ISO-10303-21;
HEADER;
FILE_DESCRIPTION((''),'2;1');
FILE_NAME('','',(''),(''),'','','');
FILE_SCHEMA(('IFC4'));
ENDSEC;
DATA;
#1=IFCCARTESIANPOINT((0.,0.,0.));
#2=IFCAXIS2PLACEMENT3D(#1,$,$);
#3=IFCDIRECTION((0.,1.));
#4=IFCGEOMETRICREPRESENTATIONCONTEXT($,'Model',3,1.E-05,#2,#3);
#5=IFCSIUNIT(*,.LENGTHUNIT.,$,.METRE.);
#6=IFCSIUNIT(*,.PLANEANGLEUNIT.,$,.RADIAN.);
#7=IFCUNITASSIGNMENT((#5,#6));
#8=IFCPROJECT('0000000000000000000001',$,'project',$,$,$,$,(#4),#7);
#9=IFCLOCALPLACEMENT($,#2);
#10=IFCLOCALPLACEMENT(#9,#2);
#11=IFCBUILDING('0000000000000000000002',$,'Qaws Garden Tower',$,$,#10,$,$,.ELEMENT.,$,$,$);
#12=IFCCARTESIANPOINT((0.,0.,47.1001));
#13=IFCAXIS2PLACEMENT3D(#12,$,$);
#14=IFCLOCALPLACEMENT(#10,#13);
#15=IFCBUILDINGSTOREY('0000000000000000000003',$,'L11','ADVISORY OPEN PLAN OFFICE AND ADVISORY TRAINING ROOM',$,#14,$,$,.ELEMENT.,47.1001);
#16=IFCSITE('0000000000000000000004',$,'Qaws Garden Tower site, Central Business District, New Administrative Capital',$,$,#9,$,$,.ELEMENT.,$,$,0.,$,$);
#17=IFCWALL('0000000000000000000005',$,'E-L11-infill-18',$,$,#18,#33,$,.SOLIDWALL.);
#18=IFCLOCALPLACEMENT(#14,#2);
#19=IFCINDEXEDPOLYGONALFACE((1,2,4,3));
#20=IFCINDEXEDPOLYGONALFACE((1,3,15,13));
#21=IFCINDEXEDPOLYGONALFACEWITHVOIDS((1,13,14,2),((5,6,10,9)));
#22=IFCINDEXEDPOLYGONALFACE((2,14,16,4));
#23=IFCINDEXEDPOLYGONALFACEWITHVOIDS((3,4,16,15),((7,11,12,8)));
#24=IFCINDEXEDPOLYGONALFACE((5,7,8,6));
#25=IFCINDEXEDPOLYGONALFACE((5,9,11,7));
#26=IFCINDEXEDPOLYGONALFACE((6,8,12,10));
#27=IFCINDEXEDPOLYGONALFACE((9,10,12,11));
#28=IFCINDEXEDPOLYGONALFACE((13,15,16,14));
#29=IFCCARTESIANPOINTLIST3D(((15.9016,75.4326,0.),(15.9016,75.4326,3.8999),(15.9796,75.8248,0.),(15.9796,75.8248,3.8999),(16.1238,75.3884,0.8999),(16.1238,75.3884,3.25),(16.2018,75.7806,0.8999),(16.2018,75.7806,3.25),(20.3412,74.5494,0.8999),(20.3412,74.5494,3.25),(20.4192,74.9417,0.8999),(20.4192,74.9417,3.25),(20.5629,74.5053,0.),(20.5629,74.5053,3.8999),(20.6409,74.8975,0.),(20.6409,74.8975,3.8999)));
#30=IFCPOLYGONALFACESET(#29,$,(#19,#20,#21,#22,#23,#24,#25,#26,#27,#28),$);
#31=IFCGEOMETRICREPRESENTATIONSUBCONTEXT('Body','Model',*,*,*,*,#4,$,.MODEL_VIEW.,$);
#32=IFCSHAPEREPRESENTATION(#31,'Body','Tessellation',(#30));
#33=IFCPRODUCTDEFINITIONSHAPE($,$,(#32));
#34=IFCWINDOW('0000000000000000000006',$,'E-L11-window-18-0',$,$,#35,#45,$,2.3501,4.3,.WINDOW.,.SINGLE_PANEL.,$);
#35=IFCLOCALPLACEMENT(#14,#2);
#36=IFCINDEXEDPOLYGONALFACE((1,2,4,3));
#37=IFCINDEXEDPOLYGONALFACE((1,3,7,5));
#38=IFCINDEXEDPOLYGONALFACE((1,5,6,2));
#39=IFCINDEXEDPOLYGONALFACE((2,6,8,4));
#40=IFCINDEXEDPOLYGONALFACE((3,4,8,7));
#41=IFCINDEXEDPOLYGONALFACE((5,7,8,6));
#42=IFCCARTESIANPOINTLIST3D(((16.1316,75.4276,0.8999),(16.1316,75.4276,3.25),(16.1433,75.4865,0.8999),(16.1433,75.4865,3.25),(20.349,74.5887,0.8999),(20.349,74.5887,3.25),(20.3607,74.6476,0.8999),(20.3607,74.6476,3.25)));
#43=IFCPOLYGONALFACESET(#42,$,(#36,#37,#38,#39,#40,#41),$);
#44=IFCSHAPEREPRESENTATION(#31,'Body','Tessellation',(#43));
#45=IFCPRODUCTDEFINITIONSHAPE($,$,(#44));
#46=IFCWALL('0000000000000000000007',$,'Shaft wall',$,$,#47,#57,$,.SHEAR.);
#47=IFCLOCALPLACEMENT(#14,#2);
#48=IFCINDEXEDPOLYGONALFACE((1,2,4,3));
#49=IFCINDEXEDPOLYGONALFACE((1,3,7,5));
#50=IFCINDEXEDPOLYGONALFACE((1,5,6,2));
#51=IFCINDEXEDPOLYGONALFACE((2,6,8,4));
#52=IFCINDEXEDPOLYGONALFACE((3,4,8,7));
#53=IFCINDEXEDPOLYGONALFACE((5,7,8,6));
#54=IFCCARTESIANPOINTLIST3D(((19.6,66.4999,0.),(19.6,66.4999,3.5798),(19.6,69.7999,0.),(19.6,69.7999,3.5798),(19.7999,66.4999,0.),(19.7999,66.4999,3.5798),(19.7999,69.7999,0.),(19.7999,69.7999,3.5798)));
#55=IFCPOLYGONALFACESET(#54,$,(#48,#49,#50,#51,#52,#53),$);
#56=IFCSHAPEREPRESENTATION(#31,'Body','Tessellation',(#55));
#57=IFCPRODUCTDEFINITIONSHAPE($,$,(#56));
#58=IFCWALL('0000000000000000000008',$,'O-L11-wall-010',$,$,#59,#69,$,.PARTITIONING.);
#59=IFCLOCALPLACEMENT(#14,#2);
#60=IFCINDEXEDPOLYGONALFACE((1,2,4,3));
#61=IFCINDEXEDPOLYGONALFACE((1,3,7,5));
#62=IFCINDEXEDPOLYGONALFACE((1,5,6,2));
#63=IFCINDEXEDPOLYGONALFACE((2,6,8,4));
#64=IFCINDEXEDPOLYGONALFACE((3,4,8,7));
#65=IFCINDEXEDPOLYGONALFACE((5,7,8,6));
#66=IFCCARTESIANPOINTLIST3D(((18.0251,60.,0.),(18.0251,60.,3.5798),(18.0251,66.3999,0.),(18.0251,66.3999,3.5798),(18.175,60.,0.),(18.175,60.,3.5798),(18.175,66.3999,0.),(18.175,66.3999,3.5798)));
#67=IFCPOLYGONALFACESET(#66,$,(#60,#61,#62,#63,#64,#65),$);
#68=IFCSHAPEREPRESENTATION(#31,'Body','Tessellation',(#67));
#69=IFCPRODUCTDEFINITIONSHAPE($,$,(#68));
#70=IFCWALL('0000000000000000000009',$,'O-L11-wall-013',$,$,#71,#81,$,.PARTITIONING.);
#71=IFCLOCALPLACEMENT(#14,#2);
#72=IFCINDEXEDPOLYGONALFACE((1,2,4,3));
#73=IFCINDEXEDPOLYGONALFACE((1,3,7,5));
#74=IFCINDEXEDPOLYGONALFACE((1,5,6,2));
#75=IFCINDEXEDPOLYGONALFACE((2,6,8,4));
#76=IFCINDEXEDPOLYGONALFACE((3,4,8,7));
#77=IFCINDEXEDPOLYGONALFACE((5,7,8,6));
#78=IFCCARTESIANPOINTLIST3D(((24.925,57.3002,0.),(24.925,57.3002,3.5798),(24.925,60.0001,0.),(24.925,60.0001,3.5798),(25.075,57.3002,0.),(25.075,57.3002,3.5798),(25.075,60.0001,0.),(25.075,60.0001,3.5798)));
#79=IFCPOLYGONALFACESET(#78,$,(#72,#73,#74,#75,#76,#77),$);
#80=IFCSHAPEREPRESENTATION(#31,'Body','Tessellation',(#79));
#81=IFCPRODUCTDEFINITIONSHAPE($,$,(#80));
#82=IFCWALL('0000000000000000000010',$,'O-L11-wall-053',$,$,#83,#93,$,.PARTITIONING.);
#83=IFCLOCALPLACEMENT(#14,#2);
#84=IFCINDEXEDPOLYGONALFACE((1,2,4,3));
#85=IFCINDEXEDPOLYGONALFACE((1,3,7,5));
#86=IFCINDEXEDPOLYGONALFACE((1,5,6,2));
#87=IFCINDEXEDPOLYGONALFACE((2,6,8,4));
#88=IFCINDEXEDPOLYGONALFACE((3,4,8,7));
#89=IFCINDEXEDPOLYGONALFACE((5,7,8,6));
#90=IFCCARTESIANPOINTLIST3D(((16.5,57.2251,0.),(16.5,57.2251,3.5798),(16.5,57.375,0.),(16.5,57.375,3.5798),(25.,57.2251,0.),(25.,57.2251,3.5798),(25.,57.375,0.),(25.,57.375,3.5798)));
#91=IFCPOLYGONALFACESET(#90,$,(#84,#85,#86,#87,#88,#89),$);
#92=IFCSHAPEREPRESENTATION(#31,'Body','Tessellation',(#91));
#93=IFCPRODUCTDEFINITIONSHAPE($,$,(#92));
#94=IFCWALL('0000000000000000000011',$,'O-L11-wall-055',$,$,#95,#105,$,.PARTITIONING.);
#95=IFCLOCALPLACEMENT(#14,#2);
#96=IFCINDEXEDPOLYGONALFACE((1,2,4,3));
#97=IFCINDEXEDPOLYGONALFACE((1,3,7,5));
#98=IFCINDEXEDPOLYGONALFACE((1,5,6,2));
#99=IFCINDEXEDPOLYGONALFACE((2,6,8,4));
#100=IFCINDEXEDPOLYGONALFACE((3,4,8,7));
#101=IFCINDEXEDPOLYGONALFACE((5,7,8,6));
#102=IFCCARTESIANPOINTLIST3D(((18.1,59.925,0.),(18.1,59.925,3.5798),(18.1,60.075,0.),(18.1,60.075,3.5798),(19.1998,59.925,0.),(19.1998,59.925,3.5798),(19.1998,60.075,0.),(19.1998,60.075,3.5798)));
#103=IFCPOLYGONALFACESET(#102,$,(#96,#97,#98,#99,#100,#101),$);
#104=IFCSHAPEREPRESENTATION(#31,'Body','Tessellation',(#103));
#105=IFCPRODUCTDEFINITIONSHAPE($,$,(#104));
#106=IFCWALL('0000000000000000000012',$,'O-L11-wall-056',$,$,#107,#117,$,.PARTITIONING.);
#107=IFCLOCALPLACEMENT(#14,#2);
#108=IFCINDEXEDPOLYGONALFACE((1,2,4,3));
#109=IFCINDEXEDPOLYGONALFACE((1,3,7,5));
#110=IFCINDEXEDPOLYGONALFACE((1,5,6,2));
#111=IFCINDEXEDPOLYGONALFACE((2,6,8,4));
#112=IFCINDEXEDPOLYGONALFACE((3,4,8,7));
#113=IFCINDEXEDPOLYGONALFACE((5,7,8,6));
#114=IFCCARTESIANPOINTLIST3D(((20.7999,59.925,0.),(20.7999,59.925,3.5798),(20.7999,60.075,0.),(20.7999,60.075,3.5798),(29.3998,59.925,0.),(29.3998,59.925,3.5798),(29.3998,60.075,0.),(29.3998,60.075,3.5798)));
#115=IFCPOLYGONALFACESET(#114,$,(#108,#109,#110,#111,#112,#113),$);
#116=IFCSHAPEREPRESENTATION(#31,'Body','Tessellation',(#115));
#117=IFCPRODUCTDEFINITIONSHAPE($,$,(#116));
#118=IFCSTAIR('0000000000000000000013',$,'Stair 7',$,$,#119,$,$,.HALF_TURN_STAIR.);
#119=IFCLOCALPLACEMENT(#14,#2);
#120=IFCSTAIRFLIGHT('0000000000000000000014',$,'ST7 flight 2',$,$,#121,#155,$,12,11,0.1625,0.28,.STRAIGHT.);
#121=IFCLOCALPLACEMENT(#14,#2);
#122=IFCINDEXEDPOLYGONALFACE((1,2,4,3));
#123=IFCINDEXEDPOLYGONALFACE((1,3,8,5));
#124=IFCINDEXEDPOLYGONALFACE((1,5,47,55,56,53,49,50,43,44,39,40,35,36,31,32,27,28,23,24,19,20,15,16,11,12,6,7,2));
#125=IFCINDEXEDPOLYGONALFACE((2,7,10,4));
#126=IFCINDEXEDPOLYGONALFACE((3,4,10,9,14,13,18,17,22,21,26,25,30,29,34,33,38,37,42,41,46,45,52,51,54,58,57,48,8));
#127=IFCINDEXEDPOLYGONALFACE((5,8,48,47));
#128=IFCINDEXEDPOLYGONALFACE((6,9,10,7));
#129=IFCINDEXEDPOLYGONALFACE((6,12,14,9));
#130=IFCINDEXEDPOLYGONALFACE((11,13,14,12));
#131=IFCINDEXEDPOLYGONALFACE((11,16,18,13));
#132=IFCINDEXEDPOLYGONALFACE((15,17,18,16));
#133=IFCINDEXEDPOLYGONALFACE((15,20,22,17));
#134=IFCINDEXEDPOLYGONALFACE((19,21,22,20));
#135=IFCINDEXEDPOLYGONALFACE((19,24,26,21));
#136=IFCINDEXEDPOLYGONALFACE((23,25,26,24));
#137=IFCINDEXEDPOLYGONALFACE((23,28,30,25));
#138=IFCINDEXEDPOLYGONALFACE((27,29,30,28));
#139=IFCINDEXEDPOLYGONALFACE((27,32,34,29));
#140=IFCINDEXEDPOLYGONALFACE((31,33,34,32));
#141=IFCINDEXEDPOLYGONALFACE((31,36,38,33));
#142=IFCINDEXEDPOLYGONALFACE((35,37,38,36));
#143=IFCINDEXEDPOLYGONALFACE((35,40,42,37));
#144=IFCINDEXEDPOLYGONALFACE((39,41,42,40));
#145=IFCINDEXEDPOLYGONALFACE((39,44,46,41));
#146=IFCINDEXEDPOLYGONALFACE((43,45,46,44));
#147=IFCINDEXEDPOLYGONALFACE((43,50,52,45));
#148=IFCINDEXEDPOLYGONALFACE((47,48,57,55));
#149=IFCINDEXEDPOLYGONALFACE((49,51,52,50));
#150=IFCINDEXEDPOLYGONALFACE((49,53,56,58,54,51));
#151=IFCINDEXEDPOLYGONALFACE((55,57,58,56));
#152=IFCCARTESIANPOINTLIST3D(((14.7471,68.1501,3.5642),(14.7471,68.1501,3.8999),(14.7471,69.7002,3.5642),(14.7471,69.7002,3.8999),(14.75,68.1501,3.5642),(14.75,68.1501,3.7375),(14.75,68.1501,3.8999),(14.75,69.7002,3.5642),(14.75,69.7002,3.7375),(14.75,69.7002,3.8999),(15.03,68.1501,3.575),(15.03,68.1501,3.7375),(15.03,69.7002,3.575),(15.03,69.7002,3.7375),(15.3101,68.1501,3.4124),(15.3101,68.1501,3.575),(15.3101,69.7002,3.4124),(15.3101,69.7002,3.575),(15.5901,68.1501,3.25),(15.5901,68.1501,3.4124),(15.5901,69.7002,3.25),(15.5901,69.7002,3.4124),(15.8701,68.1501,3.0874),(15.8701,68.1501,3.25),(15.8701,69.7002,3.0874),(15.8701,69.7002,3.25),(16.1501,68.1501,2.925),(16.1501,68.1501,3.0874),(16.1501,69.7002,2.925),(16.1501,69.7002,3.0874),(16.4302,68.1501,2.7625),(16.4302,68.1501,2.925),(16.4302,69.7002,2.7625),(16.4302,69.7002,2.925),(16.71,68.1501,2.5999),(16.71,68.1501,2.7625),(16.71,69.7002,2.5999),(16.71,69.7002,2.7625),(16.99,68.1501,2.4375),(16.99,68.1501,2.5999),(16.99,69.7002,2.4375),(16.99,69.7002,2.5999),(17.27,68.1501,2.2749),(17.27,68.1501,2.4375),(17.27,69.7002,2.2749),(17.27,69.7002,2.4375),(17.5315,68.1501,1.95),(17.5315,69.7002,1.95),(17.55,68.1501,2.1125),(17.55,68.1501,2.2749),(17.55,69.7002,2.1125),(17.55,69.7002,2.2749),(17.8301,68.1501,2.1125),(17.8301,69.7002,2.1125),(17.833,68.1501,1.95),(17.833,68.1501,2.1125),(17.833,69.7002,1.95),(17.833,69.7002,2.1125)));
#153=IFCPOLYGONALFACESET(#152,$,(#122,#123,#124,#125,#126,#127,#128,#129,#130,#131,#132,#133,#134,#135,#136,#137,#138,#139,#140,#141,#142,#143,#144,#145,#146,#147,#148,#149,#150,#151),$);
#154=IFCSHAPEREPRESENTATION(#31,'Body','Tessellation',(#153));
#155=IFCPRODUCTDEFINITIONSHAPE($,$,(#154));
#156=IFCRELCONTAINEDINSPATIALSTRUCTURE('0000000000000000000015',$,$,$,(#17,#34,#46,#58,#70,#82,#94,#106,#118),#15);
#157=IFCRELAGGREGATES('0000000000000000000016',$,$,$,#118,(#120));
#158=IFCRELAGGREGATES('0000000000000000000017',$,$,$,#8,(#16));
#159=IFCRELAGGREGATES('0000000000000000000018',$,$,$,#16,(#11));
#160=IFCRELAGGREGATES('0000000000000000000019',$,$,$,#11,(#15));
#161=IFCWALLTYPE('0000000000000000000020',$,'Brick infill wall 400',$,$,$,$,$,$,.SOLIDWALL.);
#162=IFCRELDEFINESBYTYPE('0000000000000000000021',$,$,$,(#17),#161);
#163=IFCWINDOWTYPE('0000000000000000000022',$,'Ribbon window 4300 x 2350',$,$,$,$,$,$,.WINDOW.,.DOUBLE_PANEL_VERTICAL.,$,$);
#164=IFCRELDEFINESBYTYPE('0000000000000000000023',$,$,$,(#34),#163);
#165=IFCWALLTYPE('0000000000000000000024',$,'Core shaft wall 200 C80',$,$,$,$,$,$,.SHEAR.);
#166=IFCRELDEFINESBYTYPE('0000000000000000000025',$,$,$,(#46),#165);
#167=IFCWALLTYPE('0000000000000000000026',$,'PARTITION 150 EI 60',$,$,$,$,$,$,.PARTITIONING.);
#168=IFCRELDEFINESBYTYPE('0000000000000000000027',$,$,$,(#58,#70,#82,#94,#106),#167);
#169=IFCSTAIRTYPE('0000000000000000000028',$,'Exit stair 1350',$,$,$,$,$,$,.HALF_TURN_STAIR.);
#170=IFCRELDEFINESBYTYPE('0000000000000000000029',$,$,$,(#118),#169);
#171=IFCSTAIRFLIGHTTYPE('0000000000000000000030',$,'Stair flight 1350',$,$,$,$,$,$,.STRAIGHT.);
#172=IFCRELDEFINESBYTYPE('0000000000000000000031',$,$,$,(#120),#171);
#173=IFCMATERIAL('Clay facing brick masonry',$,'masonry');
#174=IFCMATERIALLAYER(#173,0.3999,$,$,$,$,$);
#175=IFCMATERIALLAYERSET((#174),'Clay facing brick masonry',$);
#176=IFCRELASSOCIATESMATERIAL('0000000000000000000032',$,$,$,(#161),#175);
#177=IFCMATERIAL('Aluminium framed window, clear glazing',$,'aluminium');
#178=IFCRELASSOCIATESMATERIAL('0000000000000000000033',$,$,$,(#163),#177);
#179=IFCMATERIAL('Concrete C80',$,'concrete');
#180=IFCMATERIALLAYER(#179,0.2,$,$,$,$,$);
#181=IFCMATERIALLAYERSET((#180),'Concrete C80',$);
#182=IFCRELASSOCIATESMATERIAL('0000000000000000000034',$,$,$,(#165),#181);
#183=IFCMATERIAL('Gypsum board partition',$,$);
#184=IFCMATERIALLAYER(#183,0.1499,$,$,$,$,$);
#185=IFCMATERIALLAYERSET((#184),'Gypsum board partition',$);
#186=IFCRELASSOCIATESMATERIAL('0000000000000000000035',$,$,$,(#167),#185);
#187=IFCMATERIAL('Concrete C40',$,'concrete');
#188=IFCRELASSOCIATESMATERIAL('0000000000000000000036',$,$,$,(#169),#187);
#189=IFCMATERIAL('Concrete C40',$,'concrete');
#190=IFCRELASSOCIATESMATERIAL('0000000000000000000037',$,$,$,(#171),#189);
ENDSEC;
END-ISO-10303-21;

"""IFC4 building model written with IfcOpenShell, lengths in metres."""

from ifc_helpers import new_model, si_unit, direction, frame, frame_2d, origin, place, context, subcontext, project, spatial, polyline, rectangle, outline, extrude, material, layer, layer_set, type_object, element, fill, aggregate, save


model = new_model("IFC4")

# Units and contexts
model_context = context("Model", 3, precision=1e-05, world=origin(), true_north=direction((0.0, 1.0)))
body_context = subcontext(model_context, "Body", "Model", "MODEL_VIEW")
ifc_project = project(units=[si_unit("LENGTHUNIT", "METRE"), si_unit("PLANEANGLEUNIT", "RADIAN")], contexts=[model_context])

# Site, building, storey
site_placement = place(None, origin())
site = spatial("IfcSite", under=ifc_project, at=site_placement, Name="Qaws Garden Tower site, Central Business District, New Administrative Capital", CompositionType="ELEMENT", RefElevation=0.0)
building_placement = place(site_placement, origin())
building = spatial("IfcBuilding", under=site, at=building_placement, Name="Qaws Garden Tower", CompositionType="ELEMENT")
storey_placement = place(building_placement, frame((0.0, 0.0, 47.1001)))
storey = spatial("IfcBuildingStorey", under=building, at=storey_placement, Name="L11", Description="ADVISORY OPEN PLAN OFFICE AND ADVISORY TRAINING ROOM", CompositionType="ELEMENT", Elevation=47.1001)

# Wall, opening, window
ifc_material_1 = material(Name="Clay facing brick masonry", Category="masonry")
ifc_layer_1 = layer(ifc_material_1, 0.3999)
ifc_layer_set_1 = layer_set([ifc_layer_1], Name="Clay facing brick masonry")
wall_type_1 = type_object("IfcWallType", Name="Brick infill wall 400", PredefinedType="SOLIDWALL", material=ifc_layer_set_1)
ifc_material_2 = material(Name="Aluminium framed window, clear glazing", Category="aluminium")
window_type = type_object("IfcWindowType", Name="Ribbon window 4300 x 2350", PartitioningType="DOUBLE_PANEL_VERTICAL", PredefinedType="WINDOW", material=ifc_material_2)
wall_1_placement = place(storey_placement, frame((20.6021, 74.7014, 0.0), z_axis=(0.0, 0.0, 1.0), x_axis=(-0.980784, 0.195099, 0.0)))
wall_1 = element("IfcWall", 1, at=wall_1_placement, inside=storey, type_object=wall_type_1, Name="E-L11-infill-18", PredefinedType="SOLIDWALL", context=body_context, shape_type="SweptSolid", body=[
    extrude(rectangle(XDim=4.7527, YDim=0.3999, at=frame_2d((2.3765, 0.0))), origin(), (0.0, 0.0, 1.0), 3.8999),
])
opening_1_placement = place(wall_1_placement, frame((0.2263, 0.0, 0.8999)))
opening_1 = element("IfcOpeningElement", 2, at=opening_1_placement, cuts=wall_1, PredefinedType="OPENING", context=body_context, shape_type="SweptSolid", body=[
    extrude(rectangle(XDim=4.3, YDim=2.3501, at=frame_2d((2.1499, 1.175))), frame((0.0, 0.21, 0.0), z_axis=(0.0, -1.0, 0.0), x_axis=(1.0, 0.0, 0.0)), (0.0, 0.0, 1.0), 0.4199),
])
window_1_placement = place(opening_1_placement, origin())
window_1 = element("IfcWindow", 3, at=window_1_placement, inside=storey, type_object=window_type, Name="E-L11-window-18-0", OverallHeight=2.3501, OverallWidth=4.3, PartitioningType="SINGLE_PANEL", PredefinedType="WINDOW", context=body_context, shape_type="SweptSolid", body=[
    extrude(rectangle(XDim=4.3, YDim=2.3501, at=frame_2d((2.1499, 1.175))), frame((0.0, 0.1599, 0.0), z_axis=(0.0, -1.0, 0.0), x_axis=(1.0, 0.0, 0.0)), (0.0, 0.0, 1.0), 0.0601),
])
fill(opening_1, window_1)

# Walls
ifc_material_3 = material(Name="Concrete C80", Category="concrete")
ifc_layer_2 = layer(ifc_material_3, 0.2)
ifc_layer_set_2 = layer_set([ifc_layer_2], Name="Concrete C80")
wall_type_2 = type_object("IfcWallType", Name="Core shaft wall 200 C80", PredefinedType="SHEAR", material=ifc_layer_set_2)
wall_2_placement = place(storey_placement, frame((19.7, 66.5, 0.0), z_axis=(0.0, 0.0, 1.0), x_axis=(0.0, 1.0, 0.0)))
element("IfcWall", 4, at=wall_2_placement, inside=storey, type_object=wall_type_2, Name="Shaft wall", PredefinedType="SHEAR", context=body_context, shape_type="SweptSolid", body=[
    extrude(rectangle(XDim=3.3, YDim=0.2, at=frame_2d((1.6499, 0.0))), origin(), (0.0, 0.0, 1.0), 3.5798),
])
ifc_material_4 = material(Name="Gypsum board partition")
ifc_layer_3 = layer(ifc_material_4, 0.1499)
ifc_layer_set_3 = layer_set([ifc_layer_3], Name="Gypsum board partition")
wall_type_3 = type_object("IfcWallType", Name="PARTITION 150 EI 60", PredefinedType="PARTITIONING", material=ifc_layer_set_3)
wall_3_placement = place(storey_placement, frame((18.1001, 60.0, 0.0), z_axis=(0.0, 0.0, 1.0), x_axis=(0.0, 1.0, 0.0)))
element("IfcWall", 5, at=wall_3_placement, inside=storey, type_object=wall_type_3, Name="O-L11-wall-010", PredefinedType="PARTITIONING", context=body_context, shape_type="SweptSolid", body=[
    extrude(rectangle(XDim=6.3999, YDim=0.1499, at=frame_2d((3.2, 0.0))), origin(), (0.0, 0.0, 1.0), 3.5798),
])
wall_4_placement = place(storey_placement, frame((25.0, 57.3, 0.0), z_axis=(0.0, 0.0, 1.0), x_axis=(0.0, 1.0, 0.0)))
element("IfcWall", 6, at=wall_4_placement, inside=storey, type_object=wall_type_3, Name="O-L11-wall-013", PredefinedType="PARTITIONING", context=body_context, shape_type="SweptSolid", body=[
    extrude(rectangle(XDim=2.7, YDim=0.1499, at=frame_2d((1.3501, 0.0))), origin(), (0.0, 0.0, 1.0), 3.5798),
])
wall_5_placement = place(storey_placement, frame((16.5, 57.3, 0.0), z_axis=(0.0, 0.0, 1.0), x_axis=(1.0, 0.0, 0.0)))
element("IfcWall", 7, at=wall_5_placement, inside=storey, type_object=wall_type_3, Name="O-L11-wall-053", PredefinedType="PARTITIONING", context=body_context, shape_type="SweptSolid", body=[
    extrude(rectangle(XDim=8.5, YDim=0.1499, at=frame_2d((4.25, 0.0))), origin(), (0.0, 0.0, 1.0), 3.5798),
])
wall_6_placement = place(storey_placement, frame((18.1001, 60.0, 0.0), z_axis=(0.0, 0.0, 1.0), x_axis=(1.0, 0.0, 0.0)))
element("IfcWall", 8, at=wall_6_placement, inside=storey, type_object=wall_type_3, Name="O-L11-wall-055", PredefinedType="PARTITIONING", context=body_context, shape_type="SweptSolid", body=[
    extrude(rectangle(XDim=1.0999, YDim=0.1499, at=frame_2d((0.5498, 0.0))), origin(), (0.0, 0.0, 1.0), 3.5798),
])
wall_7_placement = place(storey_placement, frame((20.8, 60.0, 0.0), z_axis=(0.0, 0.0, 1.0), x_axis=(1.0, 0.0, 0.0)))
element("IfcWall", 9, at=wall_7_placement, inside=storey, type_object=wall_type_3, Name="O-L11-wall-056", PredefinedType="PARTITIONING", context=body_context, shape_type="SweptSolid", body=[
    extrude(rectangle(XDim=8.5999, YDim=0.1499, at=frame_2d((4.2998, 0.0))), origin(), (0.0, 0.0, 1.0), 3.5798),
])

# Stair, stair flight
ifc_material_5 = material(Name="Concrete C40", Category="concrete")
stair_type = type_object("IfcStairType", Name="Exit stair 1350", PredefinedType="HALF_TURN_STAIR", material=ifc_material_5)
stair_placement = place(storey_placement, origin())
stair = element("IfcStair", 10, at=stair_placement, inside=storey, type_object=stair_type, Name="Stair 7", PredefinedType="HALF_TURN_STAIR")
ifc_material_6 = material(Name="Concrete C40", Category="concrete")
stair_flight_type = type_object("IfcStairFlightType", Name="Stair flight 1350", PredefinedType="STRAIGHT", material=ifc_material_6)
stair_flight_placement = place(storey_placement, frame((17.8301, 68.925, 1.95), z_axis=(0.0, 0.0, 1.0), x_axis=(-1.0, 0.0, 0.0)))
stair_flight = element("IfcStairFlight", 11, at=stair_flight_placement, type_object=stair_flight_type, Name="ST7 flight 2", NumberOfRisers=12, NumberOfTreads=11, PredefinedType="STRAIGHT", RiserHeight=0.1625, TreadLength=0.28, context=body_context, shape_type="SweptSolid", body=[
    extrude(outline(polyline([(-0.0029, 0.0), (-0.0029, 0.1626), (0.0, 0.1626), (0.28, 0.1626), (0.28, 0.325), (0.5601, 0.325), (0.5601, 0.4875), (0.8401, 0.4875), (0.8401, 0.6499), (1.1201, 0.6499), (1.1201, 0.8125), (1.3999, 0.8125), (1.3999, 0.9751), (1.6799, 0.9751), (1.6799, 1.1375), (1.96, 1.1375), (1.96, 1.3), (2.24, 1.3), (2.24, 1.4624), (2.52, 1.4624), (2.52, 1.625), (2.8, 1.625), (2.8, 1.7876), (3.0801, 1.7876), (3.0801, 1.95), (3.083, 1.95), (3.083, 1.6143), (3.0801, 1.6143), (0.2986, 0.0), (-0.0029, 0.0)])), frame((0.0, 0.7749, 0.0), z_axis=(0.0, -1.0, 0.0), x_axis=(1.0, 0.0, 0.0)), (0.0, 0.0, 1.0), 1.55),
])
aggregate(stair, [stair_flight])

save(model, "model.ifc")
